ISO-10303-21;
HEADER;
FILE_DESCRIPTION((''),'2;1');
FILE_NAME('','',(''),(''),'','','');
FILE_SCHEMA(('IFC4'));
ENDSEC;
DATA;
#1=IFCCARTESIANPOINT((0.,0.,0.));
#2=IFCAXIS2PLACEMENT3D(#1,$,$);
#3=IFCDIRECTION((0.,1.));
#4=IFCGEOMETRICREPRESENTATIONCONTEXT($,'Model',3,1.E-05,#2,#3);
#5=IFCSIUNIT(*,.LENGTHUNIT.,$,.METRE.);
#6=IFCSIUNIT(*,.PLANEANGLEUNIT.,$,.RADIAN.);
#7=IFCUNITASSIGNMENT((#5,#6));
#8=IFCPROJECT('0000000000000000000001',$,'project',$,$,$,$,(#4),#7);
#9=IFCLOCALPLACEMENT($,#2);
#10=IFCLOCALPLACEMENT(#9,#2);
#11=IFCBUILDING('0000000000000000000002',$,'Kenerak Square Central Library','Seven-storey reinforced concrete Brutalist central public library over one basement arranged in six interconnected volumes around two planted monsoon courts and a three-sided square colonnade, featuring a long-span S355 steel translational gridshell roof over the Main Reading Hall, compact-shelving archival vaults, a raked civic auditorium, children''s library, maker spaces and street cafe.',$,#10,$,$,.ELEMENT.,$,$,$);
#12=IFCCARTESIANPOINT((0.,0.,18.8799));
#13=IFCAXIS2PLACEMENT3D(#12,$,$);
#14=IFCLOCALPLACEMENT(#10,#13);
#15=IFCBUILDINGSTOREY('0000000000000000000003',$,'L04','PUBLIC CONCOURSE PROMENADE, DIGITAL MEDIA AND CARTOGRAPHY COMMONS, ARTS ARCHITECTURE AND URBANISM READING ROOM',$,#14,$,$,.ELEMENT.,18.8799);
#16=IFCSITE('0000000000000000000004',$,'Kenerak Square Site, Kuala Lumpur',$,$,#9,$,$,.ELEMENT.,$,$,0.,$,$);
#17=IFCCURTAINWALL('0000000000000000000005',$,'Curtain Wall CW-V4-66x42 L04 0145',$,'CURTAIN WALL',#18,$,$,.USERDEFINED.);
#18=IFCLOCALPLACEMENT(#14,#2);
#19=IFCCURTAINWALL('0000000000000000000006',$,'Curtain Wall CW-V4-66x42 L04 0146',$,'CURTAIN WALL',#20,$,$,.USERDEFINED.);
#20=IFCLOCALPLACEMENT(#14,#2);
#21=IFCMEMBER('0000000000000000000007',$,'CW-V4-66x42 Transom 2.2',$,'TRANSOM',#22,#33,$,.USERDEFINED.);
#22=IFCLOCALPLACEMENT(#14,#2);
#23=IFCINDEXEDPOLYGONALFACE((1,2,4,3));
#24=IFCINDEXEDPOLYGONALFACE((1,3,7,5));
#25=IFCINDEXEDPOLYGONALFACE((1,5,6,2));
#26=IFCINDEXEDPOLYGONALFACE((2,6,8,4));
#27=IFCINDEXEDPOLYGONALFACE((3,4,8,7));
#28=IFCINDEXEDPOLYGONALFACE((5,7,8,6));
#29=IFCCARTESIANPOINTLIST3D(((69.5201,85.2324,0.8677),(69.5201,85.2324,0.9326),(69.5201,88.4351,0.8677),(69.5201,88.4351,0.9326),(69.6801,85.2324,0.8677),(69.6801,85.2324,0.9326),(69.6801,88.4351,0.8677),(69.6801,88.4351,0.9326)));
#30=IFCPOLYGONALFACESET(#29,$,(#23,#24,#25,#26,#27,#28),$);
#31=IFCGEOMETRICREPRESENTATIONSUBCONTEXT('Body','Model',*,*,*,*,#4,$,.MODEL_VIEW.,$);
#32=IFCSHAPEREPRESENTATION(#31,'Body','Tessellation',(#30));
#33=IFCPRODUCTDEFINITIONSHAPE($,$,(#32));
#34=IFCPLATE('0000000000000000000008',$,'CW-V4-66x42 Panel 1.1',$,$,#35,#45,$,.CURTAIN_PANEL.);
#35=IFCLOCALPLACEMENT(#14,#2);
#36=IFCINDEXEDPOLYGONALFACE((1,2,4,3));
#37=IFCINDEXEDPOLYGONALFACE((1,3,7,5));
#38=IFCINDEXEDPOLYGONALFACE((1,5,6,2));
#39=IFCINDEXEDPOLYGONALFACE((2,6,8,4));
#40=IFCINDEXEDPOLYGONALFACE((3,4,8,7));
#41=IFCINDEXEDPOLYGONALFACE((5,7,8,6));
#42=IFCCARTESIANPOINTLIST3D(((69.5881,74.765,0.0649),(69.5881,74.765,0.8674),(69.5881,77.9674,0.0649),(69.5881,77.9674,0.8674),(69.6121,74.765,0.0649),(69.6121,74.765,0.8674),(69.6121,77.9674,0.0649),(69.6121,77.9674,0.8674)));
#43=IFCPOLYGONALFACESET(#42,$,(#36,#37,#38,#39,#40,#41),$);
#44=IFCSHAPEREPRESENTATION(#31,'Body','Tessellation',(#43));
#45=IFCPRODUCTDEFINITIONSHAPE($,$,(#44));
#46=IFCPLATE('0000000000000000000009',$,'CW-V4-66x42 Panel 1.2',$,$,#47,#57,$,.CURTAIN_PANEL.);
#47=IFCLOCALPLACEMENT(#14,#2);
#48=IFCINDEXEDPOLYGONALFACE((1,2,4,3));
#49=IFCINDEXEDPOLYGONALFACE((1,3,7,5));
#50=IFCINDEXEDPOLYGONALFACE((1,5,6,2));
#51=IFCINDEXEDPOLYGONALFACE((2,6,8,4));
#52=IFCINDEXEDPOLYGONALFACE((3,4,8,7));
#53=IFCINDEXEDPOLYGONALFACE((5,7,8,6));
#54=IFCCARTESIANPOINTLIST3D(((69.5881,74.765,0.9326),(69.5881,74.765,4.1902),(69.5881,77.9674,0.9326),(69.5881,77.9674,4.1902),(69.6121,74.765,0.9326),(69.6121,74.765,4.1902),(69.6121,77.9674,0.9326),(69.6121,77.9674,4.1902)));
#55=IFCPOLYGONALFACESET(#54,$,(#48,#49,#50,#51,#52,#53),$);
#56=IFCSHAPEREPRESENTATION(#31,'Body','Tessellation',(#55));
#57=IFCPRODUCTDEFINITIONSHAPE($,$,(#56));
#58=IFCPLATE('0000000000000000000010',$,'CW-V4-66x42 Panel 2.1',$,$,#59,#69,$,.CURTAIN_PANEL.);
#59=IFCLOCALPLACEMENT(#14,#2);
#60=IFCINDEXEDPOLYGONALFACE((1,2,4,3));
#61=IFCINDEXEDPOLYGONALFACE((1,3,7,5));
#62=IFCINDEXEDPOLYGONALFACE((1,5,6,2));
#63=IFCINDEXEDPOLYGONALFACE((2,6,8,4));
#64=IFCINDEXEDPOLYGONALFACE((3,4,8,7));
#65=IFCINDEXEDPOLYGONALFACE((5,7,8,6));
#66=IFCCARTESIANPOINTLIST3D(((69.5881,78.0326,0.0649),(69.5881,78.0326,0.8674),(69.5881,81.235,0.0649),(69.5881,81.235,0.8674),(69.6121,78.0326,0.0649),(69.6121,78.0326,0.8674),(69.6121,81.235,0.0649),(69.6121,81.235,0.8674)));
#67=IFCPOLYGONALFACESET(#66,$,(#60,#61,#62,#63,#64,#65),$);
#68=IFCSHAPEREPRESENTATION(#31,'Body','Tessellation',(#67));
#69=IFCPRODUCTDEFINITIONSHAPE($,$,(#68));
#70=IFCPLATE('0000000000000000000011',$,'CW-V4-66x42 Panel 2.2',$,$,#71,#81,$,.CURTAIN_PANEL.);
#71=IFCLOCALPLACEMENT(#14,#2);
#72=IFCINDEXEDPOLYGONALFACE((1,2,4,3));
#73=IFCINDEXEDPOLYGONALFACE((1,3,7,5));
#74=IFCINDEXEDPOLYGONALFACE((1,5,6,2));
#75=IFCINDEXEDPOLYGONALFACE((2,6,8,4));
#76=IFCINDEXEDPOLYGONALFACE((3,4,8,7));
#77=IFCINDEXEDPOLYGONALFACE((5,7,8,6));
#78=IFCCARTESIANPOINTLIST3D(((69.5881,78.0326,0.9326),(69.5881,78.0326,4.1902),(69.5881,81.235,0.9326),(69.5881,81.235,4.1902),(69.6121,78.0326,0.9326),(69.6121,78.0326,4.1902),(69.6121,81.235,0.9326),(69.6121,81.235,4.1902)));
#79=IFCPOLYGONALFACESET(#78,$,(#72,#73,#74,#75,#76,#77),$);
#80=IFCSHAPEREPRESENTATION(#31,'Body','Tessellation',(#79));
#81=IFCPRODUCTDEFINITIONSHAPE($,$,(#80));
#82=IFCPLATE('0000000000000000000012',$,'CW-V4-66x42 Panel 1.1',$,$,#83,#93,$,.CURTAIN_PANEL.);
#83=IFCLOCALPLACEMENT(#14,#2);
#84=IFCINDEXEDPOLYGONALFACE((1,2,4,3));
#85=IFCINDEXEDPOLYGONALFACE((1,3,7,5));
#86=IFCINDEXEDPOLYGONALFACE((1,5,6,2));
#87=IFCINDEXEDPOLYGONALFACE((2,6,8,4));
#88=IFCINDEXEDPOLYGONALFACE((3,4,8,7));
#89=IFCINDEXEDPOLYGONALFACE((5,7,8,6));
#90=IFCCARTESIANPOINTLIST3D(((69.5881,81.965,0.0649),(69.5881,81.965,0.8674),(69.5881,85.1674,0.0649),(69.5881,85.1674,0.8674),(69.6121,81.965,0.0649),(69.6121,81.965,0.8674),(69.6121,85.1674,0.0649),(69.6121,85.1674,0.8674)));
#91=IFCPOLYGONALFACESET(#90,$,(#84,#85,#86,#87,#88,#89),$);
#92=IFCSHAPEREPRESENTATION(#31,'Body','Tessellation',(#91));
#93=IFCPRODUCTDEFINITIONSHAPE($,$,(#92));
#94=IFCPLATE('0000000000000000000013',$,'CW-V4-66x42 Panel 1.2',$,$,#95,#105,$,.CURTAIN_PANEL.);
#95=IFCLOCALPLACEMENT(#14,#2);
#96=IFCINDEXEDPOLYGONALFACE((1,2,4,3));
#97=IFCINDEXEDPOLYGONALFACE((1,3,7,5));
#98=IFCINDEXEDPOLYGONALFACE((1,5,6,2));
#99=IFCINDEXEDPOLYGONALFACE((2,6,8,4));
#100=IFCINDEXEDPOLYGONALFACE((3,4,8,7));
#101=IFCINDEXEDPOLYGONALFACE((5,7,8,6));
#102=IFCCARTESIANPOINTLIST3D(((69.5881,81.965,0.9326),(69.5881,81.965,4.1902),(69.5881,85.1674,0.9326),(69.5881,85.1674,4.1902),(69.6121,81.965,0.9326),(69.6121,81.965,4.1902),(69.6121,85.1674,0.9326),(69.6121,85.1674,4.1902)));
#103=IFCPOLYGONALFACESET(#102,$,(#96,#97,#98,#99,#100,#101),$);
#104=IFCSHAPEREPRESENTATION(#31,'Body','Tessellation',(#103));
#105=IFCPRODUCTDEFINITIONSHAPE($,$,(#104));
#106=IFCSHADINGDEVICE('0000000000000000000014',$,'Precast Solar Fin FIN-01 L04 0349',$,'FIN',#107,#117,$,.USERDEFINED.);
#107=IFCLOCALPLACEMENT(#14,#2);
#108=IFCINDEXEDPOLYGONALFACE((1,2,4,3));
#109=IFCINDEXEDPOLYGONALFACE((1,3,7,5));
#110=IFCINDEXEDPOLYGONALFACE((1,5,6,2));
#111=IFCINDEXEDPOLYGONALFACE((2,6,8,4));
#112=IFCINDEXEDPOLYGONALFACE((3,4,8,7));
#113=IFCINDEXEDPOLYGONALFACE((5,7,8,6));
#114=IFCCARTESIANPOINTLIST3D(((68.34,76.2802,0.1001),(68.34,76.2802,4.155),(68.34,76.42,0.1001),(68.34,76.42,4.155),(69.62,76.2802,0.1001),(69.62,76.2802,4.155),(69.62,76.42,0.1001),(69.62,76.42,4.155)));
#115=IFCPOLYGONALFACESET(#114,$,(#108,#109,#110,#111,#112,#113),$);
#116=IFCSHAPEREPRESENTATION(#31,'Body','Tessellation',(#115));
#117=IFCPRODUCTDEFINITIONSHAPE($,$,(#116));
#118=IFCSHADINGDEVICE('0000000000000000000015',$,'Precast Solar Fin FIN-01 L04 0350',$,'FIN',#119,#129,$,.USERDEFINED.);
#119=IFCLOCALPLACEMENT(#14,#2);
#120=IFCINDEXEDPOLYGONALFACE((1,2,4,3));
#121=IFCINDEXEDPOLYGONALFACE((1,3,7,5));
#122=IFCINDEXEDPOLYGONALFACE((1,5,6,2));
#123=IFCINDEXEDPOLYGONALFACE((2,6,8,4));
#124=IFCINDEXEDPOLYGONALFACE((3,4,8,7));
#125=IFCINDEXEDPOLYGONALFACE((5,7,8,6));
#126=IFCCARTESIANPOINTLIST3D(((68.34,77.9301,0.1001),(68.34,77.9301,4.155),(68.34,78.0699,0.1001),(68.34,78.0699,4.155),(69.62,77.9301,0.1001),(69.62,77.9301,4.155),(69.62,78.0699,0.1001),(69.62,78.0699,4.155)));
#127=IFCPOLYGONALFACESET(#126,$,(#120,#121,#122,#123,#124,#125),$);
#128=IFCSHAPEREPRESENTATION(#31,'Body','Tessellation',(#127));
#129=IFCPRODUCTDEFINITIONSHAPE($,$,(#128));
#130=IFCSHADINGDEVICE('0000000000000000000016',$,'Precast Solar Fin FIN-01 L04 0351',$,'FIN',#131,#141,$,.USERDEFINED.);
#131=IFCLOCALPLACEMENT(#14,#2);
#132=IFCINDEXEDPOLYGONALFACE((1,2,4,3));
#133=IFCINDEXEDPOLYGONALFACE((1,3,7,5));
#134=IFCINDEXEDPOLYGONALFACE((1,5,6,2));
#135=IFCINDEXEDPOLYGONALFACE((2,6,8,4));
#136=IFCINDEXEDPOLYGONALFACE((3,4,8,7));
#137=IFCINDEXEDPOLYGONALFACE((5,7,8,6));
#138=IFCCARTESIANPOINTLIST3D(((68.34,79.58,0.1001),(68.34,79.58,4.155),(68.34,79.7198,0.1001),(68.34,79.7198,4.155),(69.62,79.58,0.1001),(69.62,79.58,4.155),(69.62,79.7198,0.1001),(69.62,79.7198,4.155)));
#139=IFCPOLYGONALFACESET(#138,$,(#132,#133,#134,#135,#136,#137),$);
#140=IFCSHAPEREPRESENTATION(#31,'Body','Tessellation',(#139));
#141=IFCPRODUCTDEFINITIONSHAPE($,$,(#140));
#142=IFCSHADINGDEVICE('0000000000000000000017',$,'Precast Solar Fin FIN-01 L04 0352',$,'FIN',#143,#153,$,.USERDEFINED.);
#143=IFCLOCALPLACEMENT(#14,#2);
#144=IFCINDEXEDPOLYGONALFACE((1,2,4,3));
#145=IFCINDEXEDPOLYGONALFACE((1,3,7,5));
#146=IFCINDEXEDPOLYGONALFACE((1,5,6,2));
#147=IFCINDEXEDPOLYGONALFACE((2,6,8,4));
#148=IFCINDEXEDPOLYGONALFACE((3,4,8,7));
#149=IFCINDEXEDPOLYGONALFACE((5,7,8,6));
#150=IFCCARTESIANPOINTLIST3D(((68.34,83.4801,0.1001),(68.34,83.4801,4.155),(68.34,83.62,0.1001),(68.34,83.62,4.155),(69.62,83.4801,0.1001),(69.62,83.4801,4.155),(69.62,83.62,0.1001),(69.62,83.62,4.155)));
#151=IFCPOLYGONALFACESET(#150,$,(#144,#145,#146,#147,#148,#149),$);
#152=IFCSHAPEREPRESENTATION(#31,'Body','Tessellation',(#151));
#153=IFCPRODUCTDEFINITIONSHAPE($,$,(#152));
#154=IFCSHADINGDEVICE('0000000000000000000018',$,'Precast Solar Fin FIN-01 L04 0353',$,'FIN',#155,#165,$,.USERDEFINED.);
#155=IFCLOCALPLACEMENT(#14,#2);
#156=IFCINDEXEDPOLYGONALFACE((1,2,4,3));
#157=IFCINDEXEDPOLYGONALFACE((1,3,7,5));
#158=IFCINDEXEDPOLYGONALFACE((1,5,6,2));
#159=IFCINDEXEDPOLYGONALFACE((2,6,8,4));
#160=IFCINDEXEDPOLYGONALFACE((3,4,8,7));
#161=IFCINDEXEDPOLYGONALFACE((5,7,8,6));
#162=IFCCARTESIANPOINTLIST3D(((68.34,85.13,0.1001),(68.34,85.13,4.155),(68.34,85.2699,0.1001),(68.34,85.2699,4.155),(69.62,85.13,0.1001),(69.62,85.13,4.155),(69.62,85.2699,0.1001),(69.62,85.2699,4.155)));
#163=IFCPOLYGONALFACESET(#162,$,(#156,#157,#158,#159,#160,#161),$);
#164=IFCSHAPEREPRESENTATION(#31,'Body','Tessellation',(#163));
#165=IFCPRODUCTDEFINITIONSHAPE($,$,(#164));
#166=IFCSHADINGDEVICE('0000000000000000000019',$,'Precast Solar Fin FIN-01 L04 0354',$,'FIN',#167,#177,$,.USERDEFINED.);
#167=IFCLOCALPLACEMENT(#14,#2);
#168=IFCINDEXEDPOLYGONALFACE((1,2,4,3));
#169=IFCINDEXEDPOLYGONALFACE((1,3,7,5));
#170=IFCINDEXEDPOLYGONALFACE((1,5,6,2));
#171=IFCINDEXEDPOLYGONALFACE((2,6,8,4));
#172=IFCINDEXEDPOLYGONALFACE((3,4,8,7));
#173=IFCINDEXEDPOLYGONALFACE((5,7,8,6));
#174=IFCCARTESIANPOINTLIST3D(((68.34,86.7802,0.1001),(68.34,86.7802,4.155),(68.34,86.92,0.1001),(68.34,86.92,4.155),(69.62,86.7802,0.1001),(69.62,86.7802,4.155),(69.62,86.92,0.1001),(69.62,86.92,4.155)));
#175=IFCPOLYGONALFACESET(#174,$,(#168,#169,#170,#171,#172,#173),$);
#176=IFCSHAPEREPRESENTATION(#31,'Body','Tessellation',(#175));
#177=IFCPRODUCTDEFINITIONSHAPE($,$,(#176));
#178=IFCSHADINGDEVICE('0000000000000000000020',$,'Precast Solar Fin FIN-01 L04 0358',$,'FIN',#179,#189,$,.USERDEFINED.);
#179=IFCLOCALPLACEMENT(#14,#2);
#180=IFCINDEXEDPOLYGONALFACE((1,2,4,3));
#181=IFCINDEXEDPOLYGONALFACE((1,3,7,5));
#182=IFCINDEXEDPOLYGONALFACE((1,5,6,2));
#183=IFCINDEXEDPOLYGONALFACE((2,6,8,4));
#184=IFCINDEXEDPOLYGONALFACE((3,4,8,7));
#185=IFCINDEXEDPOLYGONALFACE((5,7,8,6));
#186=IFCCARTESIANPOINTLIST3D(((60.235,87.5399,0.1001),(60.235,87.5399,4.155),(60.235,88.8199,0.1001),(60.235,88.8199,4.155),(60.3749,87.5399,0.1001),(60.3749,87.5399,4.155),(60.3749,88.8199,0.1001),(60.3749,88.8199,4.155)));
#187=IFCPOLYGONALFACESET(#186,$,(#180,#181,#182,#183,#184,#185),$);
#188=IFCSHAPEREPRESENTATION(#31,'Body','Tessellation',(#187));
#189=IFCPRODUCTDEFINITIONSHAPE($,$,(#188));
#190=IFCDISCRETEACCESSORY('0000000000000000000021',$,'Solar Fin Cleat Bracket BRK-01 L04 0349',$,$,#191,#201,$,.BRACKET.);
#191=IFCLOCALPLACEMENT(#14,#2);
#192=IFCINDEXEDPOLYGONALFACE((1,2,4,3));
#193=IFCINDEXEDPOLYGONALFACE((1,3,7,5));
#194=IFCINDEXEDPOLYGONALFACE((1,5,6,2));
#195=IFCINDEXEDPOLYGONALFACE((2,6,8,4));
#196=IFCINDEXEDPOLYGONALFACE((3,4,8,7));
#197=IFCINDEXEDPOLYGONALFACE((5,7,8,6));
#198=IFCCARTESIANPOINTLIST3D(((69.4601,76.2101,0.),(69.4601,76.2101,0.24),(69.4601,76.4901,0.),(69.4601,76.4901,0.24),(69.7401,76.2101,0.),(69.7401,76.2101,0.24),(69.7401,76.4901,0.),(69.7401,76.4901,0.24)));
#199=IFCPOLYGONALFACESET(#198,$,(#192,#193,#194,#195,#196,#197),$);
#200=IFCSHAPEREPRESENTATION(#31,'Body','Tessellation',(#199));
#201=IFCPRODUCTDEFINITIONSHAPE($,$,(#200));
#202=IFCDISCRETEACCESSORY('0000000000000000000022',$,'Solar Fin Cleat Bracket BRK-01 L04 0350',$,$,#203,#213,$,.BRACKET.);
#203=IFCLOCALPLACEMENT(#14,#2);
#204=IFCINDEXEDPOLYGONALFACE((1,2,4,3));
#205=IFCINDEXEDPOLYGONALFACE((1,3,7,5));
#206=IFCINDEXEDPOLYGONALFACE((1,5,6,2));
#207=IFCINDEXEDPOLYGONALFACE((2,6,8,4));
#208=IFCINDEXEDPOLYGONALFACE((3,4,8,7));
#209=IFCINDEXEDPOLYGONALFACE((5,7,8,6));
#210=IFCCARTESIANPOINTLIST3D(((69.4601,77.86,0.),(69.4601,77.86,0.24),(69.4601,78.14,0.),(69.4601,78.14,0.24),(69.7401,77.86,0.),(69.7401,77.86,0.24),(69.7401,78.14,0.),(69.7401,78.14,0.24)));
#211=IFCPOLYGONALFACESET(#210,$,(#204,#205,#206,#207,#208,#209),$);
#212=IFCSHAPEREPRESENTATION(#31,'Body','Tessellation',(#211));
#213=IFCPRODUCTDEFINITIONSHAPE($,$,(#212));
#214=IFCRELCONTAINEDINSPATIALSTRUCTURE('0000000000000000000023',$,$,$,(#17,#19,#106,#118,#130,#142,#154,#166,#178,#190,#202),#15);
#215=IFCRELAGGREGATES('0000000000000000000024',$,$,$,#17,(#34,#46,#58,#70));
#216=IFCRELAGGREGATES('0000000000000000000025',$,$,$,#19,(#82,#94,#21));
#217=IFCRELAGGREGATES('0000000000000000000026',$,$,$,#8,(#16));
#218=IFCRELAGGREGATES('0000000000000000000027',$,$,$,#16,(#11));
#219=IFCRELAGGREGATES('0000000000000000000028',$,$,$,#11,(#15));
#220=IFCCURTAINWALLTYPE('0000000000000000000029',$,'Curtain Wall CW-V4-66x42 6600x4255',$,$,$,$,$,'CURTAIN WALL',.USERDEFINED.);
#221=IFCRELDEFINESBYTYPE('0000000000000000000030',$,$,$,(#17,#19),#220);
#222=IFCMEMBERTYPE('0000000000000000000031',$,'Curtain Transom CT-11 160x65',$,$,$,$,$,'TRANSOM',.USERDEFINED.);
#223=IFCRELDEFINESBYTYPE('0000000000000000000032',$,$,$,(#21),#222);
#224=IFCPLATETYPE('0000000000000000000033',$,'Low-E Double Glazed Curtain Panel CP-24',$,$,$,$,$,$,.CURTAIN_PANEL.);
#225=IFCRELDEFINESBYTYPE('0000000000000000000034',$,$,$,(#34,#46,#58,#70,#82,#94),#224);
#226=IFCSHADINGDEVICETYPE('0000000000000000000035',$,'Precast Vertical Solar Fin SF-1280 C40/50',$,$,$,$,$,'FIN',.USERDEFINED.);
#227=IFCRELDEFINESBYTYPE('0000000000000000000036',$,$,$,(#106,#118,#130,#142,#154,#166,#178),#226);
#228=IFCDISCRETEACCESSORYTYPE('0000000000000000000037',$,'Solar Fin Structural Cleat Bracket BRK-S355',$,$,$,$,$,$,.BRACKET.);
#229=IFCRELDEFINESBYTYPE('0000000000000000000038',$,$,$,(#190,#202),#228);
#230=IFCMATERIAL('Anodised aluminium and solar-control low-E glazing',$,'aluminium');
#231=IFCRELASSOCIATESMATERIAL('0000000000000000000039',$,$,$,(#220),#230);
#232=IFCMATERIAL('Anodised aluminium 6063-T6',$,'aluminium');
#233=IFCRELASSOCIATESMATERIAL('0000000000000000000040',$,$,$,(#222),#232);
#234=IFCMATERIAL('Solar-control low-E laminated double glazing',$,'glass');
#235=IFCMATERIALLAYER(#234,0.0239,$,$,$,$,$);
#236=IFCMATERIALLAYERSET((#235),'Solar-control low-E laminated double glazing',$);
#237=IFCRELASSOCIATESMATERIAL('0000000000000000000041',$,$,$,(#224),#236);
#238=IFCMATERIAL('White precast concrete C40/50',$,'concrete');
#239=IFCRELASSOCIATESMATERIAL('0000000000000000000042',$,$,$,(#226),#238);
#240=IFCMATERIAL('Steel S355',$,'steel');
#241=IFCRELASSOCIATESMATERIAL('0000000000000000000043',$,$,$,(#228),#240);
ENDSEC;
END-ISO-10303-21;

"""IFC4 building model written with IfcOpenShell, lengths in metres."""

from ifc_helpers import new_model, si_unit, direction, frame, origin, origin_2d, place, context, subcontext, project, spatial, rectangle, extrude, material, layer, layer_set, material_profile, profile_set, type_object, element, aggregate, save


model = new_model("IFC4")

# Units and contexts
model_context = context("Model", 3, precision=1e-05, world=origin(), true_north=direction((0.0, 1.0)))
body_context = subcontext(model_context, "Body", "Model", "MODEL_VIEW")
ifc_project = project(units=[si_unit("LENGTHUNIT", "METRE"), si_unit("PLANEANGLEUNIT", "RADIAN")], contexts=[model_context])

# Site, building, storey
site_placement = place(None, origin())
site = spatial("IfcSite", under=ifc_project, at=site_placement, Name="Kenerak Square Site, Kuala Lumpur", CompositionType="ELEMENT", RefElevation=0.0)
building_placement = place(site_placement, origin())
building = spatial("IfcBuilding", under=site, at=building_placement, Name="Kenerak Square Central Library", Description="Seven-storey reinforced concrete Brutalist central public library over one basement arranged in six interconnected volumes around two planted monsoon courts and a three-sided square colonnade, featuring a long-span S355 steel translational gridshell roof over the Main Reading Hall, compact-shelving archival vaults, a raked civic auditorium, children's library, maker spaces and street cafe.", CompositionType="ELEMENT")
storey_placement = place(building_placement, frame((0.0, 0.0, 18.8799)))
storey = spatial("IfcBuildingStorey", under=building, at=storey_placement, Name="L04", Description="PUBLIC CONCOURSE PROMENADE, DIGITAL MEDIA AND CARTOGRAPHY COMMONS, ARTS ARCHITECTURE AND URBANISM READING ROOM", CompositionType="ELEMENT", Elevation=18.8799)

# Curtain walls
ifc_material_1 = material(Name="Anodised aluminium and solar-control low-E glazing", Category="aluminium")
curtain_wall_type = type_object("IfcCurtainWallType", Name="Curtain Wall CW-V4-66x42 6600x4255", ElementType="CURTAIN WALL", PredefinedType="USERDEFINED", material=ifc_material_1)
curtain_wall_1_placement = place(storey_placement, origin())
curtain_wall_1 = element("IfcCurtainWall", 1, at=curtain_wall_1_placement, inside=storey, type_object=curtain_wall_type, Name="Curtain Wall CW-V4-66x42 L04 0145", ObjectType="CURTAIN WALL", PredefinedType="USERDEFINED")
ifc_material_2 = material(Name="Anodised aluminium 6063-T6", Category="aluminium")
curtain_wall_2_placement = place(storey_placement, origin())
curtain_wall_2 = element("IfcCurtainWall", 2, at=curtain_wall_2_placement, inside=storey, type_object=curtain_wall_type, Name="Curtain Wall CW-V4-66x42 L04 0146", ObjectType="CURTAIN WALL", PredefinedType="USERDEFINED")

# Member
ifc_material_profile_1 = material_profile(ifc_material_2, rectangle(XDim=0.1599, YDim=0.0649, at=origin_2d()), Name="AL TRANSOM 160x65")
ifc_profile_set_1 = profile_set([ifc_material_profile_1], Name="Anodised aluminium 6063-T6")
member_type_1 = type_object("IfcMemberType", Name="Curtain Transom CT-11 160x65", ElementType="TRANSOM", PredefinedType="USERDEFINED", material=ifc_profile_set_1)
member_1_placement = place(storey_placement, frame((69.6001, 85.2324, 0.9001), z_axis=(0.0, 1.0, 0.0), x_axis=(-1.0, 0.0, 0.0)))
member_1 = element("IfcMember", 3, at=member_1_placement, type_object=member_type_1, Name="CW-V4-66x42 Transom 2.2", ObjectType="TRANSOM", PredefinedType="USERDEFINED", context=body_context, shape_type="SweptSolid", body=[
    extrude(rectangle(XDim=0.1599, YDim=0.0649, at=origin_2d()), origin(), (0.0, 0.0, 1.0), 3.2026),
])

# Plates
ifc_material_3 = material(Name="Solar-control low-E laminated double glazing", Category="glass")
ifc_layer = layer(ifc_material_3, 0.0239)
ifc_layer_set = layer_set([ifc_layer], Name="Solar-control low-E laminated double glazing")
plate_type = type_object("IfcPlateType", Name="Low-E Double Glazed Curtain Panel CP-24", PredefinedType="CURTAIN_PANEL", material=ifc_layer_set)
plate_1_placement = place(storey_placement, frame((69.6001, 76.3662, 0.0649), z_axis=(0.0, 0.0, 1.0), x_axis=(0.0, 1.0, 0.0)))
plate_1 = element("IfcPlate", 4, at=plate_1_placement, type_object=plate_type, Name="CW-V4-66x42 Panel 1.1", PredefinedType="CURTAIN_PANEL", context=body_context, shape_type="SweptSolid", body=[
    extrude(rectangle(XDim=3.2024, YDim=0.0239, at=origin_2d()), origin(), (0.0, 0.0, 1.0), 0.8025),
])
plate_2_placement = place(storey_placement, frame((69.6001, 76.3662, 0.9326), z_axis=(0.0, 0.0, 1.0), x_axis=(0.0, 1.0, 0.0)))
plate_2 = element("IfcPlate", 5, at=plate_2_placement, type_object=plate_type, Name="CW-V4-66x42 Panel 1.2", PredefinedType="CURTAIN_PANEL", context=body_context, shape_type="SweptSolid", body=[
    extrude(rectangle(XDim=3.2024, YDim=0.0239, at=origin_2d()), origin(), (0.0, 0.0, 1.0), 3.2576),
])
plate_3_placement = place(storey_placement, frame((69.6001, 79.6338, 0.0649), z_axis=(0.0, 0.0, 1.0), x_axis=(0.0, 1.0, 0.0)))
plate_3 = element("IfcPlate", 6, at=plate_3_placement, type_object=plate_type, Name="CW-V4-66x42 Panel 2.1", PredefinedType="CURTAIN_PANEL", context=body_context, shape_type="SweptSolid", body=[
    extrude(rectangle(XDim=3.2024, YDim=0.0239, at=origin_2d()), origin(), (0.0, 0.0, 1.0), 0.8025),
])
plate_4_placement = place(storey_placement, frame((69.6001, 79.6338, 0.9326), z_axis=(0.0, 0.0, 1.0), x_axis=(0.0, 1.0, 0.0)))
plate_4 = element("IfcPlate", 7, at=plate_4_placement, type_object=plate_type, Name="CW-V4-66x42 Panel 2.2", PredefinedType="CURTAIN_PANEL", context=body_context, shape_type="SweptSolid", body=[
    extrude(rectangle(XDim=3.2024, YDim=0.0239, at=origin_2d()), origin(), (0.0, 0.0, 1.0), 3.2576),
])
aggregate(curtain_wall_1, [plate_1, plate_2, plate_3, plate_4])
plate_5_placement = place(storey_placement, frame((69.6001, 83.5662, 0.0649), z_axis=(0.0, 0.0, 1.0), x_axis=(0.0, 1.0, 0.0)))
plate_5 = element("IfcPlate", 8, at=plate_5_placement, type_object=plate_type, Name="CW-V4-66x42 Panel 1.1", PredefinedType="CURTAIN_PANEL", context=body_context, shape_type="SweptSolid", body=[
    extrude(rectangle(XDim=3.2024, YDim=0.0239, at=origin_2d()), origin(), (0.0, 0.0, 1.0), 0.8025),
])
plate_6_placement = place(storey_placement, frame((69.6001, 83.5662, 0.9326), z_axis=(0.0, 0.0, 1.0), x_axis=(0.0, 1.0, 0.0)))
plate_6 = element("IfcPlate", 9, at=plate_6_placement, type_object=plate_type, Name="CW-V4-66x42 Panel 1.2", PredefinedType="CURTAIN_PANEL", context=body_context, shape_type="SweptSolid", body=[
    extrude(rectangle(XDim=3.2024, YDim=0.0239, at=origin_2d()), origin(), (0.0, 0.0, 1.0), 3.2576),
])
aggregate(curtain_wall_2, [plate_5, plate_6, member_1])

# Shading devices
ifc_material_4 = material(Name="White precast concrete C40/50", Category="concrete")
shading_device_type = type_object("IfcShadingDeviceType", Name="Precast Vertical Solar Fin SF-1280 C40/50", ElementType="FIN", PredefinedType="USERDEFINED", material=ifc_material_4)
for number, where, z_axis, x_axis, name in (
    (10, (68.98, 76.3501, 0.1001), (0.0, 0.0, 1.0), (0.0, 1.0, 0.0), "Precast Solar Fin FIN-01 L04 0349"),
    (11, (68.98, 78.0, 0.1001), (0.0, 0.0, 1.0), (0.0, 1.0, 0.0), "Precast Solar Fin FIN-01 L04 0350"),
    (12, (68.98, 79.6499, 0.1001), (0.0, 0.0, 1.0), (0.0, 1.0, 0.0), "Precast Solar Fin FIN-01 L04 0351"),
    (13, (68.98, 83.55, 0.1001), (0.0, 0.0, 1.0), (0.0, 1.0, 0.0), "Precast Solar Fin FIN-01 L04 0352"),
    (14, (68.98, 85.2, 0.1001), (0.0, 0.0, 1.0), (0.0, 1.0, 0.0), "Precast Solar Fin FIN-01 L04 0353"),
    (15, (68.98, 86.8501, 0.1001), (0.0, 0.0, 1.0), (0.0, 1.0, 0.0), "Precast Solar Fin FIN-01 L04 0354"),
    (16, (60.3049, 88.1799, 0.1001), (0.0, 0.0, 1.0), (-1.0, 0.0, 0.0), "Precast Solar Fin FIN-01 L04 0358"),
):
    element("IfcShadingDevice", number, at=place(storey_placement, frame(where, z_axis=z_axis, x_axis=x_axis)), inside=storey, type_object=shading_device_type, Name=name, ObjectType="FIN", PredefinedType="USERDEFINED", context=body_context, shape_type="SweptSolid", body=[
        extrude(rectangle(XDim=0.1399, YDim=1.28, at=origin_2d()), origin(), (0.0, 0.0, 1.0), 4.0549),
    ])

# Discrete accessories
ifc_material_5 = material(Name="Steel S355", Category="steel")
discrete_accessory_type = type_object("IfcDiscreteAccessoryType", Name="Solar Fin Structural Cleat Bracket BRK-S355", PredefinedType="BRACKET", material=ifc_material_5)
for number, where, z_axis, x_axis, name in (
    (17, (69.6001, 76.3501, 0.0), (0.0, 0.0, 1.0), (0.0, 1.0, 0.0), "Solar Fin Cleat Bracket BRK-01 L04 0349"),
    (18, (69.6001, 78.0, 0.0), (0.0, 0.0, 1.0), (0.0, 1.0, 0.0), "Solar Fin Cleat Bracket BRK-01 L04 0350"),
):
    element("IfcDiscreteAccessory", number, at=place(storey_placement, frame(where, z_axis=z_axis, x_axis=x_axis)), inside=storey, type_object=discrete_accessory_type, Name=name, PredefinedType="BRACKET", context=body_context, shape_type="SweptSolid", body=[
        extrude(rectangle(XDim=0.28, YDim=0.28, at=origin_2d()), origin(), (0.0, 0.0, 1.0), 0.24),
    ])

save(model, "model.ifc")
